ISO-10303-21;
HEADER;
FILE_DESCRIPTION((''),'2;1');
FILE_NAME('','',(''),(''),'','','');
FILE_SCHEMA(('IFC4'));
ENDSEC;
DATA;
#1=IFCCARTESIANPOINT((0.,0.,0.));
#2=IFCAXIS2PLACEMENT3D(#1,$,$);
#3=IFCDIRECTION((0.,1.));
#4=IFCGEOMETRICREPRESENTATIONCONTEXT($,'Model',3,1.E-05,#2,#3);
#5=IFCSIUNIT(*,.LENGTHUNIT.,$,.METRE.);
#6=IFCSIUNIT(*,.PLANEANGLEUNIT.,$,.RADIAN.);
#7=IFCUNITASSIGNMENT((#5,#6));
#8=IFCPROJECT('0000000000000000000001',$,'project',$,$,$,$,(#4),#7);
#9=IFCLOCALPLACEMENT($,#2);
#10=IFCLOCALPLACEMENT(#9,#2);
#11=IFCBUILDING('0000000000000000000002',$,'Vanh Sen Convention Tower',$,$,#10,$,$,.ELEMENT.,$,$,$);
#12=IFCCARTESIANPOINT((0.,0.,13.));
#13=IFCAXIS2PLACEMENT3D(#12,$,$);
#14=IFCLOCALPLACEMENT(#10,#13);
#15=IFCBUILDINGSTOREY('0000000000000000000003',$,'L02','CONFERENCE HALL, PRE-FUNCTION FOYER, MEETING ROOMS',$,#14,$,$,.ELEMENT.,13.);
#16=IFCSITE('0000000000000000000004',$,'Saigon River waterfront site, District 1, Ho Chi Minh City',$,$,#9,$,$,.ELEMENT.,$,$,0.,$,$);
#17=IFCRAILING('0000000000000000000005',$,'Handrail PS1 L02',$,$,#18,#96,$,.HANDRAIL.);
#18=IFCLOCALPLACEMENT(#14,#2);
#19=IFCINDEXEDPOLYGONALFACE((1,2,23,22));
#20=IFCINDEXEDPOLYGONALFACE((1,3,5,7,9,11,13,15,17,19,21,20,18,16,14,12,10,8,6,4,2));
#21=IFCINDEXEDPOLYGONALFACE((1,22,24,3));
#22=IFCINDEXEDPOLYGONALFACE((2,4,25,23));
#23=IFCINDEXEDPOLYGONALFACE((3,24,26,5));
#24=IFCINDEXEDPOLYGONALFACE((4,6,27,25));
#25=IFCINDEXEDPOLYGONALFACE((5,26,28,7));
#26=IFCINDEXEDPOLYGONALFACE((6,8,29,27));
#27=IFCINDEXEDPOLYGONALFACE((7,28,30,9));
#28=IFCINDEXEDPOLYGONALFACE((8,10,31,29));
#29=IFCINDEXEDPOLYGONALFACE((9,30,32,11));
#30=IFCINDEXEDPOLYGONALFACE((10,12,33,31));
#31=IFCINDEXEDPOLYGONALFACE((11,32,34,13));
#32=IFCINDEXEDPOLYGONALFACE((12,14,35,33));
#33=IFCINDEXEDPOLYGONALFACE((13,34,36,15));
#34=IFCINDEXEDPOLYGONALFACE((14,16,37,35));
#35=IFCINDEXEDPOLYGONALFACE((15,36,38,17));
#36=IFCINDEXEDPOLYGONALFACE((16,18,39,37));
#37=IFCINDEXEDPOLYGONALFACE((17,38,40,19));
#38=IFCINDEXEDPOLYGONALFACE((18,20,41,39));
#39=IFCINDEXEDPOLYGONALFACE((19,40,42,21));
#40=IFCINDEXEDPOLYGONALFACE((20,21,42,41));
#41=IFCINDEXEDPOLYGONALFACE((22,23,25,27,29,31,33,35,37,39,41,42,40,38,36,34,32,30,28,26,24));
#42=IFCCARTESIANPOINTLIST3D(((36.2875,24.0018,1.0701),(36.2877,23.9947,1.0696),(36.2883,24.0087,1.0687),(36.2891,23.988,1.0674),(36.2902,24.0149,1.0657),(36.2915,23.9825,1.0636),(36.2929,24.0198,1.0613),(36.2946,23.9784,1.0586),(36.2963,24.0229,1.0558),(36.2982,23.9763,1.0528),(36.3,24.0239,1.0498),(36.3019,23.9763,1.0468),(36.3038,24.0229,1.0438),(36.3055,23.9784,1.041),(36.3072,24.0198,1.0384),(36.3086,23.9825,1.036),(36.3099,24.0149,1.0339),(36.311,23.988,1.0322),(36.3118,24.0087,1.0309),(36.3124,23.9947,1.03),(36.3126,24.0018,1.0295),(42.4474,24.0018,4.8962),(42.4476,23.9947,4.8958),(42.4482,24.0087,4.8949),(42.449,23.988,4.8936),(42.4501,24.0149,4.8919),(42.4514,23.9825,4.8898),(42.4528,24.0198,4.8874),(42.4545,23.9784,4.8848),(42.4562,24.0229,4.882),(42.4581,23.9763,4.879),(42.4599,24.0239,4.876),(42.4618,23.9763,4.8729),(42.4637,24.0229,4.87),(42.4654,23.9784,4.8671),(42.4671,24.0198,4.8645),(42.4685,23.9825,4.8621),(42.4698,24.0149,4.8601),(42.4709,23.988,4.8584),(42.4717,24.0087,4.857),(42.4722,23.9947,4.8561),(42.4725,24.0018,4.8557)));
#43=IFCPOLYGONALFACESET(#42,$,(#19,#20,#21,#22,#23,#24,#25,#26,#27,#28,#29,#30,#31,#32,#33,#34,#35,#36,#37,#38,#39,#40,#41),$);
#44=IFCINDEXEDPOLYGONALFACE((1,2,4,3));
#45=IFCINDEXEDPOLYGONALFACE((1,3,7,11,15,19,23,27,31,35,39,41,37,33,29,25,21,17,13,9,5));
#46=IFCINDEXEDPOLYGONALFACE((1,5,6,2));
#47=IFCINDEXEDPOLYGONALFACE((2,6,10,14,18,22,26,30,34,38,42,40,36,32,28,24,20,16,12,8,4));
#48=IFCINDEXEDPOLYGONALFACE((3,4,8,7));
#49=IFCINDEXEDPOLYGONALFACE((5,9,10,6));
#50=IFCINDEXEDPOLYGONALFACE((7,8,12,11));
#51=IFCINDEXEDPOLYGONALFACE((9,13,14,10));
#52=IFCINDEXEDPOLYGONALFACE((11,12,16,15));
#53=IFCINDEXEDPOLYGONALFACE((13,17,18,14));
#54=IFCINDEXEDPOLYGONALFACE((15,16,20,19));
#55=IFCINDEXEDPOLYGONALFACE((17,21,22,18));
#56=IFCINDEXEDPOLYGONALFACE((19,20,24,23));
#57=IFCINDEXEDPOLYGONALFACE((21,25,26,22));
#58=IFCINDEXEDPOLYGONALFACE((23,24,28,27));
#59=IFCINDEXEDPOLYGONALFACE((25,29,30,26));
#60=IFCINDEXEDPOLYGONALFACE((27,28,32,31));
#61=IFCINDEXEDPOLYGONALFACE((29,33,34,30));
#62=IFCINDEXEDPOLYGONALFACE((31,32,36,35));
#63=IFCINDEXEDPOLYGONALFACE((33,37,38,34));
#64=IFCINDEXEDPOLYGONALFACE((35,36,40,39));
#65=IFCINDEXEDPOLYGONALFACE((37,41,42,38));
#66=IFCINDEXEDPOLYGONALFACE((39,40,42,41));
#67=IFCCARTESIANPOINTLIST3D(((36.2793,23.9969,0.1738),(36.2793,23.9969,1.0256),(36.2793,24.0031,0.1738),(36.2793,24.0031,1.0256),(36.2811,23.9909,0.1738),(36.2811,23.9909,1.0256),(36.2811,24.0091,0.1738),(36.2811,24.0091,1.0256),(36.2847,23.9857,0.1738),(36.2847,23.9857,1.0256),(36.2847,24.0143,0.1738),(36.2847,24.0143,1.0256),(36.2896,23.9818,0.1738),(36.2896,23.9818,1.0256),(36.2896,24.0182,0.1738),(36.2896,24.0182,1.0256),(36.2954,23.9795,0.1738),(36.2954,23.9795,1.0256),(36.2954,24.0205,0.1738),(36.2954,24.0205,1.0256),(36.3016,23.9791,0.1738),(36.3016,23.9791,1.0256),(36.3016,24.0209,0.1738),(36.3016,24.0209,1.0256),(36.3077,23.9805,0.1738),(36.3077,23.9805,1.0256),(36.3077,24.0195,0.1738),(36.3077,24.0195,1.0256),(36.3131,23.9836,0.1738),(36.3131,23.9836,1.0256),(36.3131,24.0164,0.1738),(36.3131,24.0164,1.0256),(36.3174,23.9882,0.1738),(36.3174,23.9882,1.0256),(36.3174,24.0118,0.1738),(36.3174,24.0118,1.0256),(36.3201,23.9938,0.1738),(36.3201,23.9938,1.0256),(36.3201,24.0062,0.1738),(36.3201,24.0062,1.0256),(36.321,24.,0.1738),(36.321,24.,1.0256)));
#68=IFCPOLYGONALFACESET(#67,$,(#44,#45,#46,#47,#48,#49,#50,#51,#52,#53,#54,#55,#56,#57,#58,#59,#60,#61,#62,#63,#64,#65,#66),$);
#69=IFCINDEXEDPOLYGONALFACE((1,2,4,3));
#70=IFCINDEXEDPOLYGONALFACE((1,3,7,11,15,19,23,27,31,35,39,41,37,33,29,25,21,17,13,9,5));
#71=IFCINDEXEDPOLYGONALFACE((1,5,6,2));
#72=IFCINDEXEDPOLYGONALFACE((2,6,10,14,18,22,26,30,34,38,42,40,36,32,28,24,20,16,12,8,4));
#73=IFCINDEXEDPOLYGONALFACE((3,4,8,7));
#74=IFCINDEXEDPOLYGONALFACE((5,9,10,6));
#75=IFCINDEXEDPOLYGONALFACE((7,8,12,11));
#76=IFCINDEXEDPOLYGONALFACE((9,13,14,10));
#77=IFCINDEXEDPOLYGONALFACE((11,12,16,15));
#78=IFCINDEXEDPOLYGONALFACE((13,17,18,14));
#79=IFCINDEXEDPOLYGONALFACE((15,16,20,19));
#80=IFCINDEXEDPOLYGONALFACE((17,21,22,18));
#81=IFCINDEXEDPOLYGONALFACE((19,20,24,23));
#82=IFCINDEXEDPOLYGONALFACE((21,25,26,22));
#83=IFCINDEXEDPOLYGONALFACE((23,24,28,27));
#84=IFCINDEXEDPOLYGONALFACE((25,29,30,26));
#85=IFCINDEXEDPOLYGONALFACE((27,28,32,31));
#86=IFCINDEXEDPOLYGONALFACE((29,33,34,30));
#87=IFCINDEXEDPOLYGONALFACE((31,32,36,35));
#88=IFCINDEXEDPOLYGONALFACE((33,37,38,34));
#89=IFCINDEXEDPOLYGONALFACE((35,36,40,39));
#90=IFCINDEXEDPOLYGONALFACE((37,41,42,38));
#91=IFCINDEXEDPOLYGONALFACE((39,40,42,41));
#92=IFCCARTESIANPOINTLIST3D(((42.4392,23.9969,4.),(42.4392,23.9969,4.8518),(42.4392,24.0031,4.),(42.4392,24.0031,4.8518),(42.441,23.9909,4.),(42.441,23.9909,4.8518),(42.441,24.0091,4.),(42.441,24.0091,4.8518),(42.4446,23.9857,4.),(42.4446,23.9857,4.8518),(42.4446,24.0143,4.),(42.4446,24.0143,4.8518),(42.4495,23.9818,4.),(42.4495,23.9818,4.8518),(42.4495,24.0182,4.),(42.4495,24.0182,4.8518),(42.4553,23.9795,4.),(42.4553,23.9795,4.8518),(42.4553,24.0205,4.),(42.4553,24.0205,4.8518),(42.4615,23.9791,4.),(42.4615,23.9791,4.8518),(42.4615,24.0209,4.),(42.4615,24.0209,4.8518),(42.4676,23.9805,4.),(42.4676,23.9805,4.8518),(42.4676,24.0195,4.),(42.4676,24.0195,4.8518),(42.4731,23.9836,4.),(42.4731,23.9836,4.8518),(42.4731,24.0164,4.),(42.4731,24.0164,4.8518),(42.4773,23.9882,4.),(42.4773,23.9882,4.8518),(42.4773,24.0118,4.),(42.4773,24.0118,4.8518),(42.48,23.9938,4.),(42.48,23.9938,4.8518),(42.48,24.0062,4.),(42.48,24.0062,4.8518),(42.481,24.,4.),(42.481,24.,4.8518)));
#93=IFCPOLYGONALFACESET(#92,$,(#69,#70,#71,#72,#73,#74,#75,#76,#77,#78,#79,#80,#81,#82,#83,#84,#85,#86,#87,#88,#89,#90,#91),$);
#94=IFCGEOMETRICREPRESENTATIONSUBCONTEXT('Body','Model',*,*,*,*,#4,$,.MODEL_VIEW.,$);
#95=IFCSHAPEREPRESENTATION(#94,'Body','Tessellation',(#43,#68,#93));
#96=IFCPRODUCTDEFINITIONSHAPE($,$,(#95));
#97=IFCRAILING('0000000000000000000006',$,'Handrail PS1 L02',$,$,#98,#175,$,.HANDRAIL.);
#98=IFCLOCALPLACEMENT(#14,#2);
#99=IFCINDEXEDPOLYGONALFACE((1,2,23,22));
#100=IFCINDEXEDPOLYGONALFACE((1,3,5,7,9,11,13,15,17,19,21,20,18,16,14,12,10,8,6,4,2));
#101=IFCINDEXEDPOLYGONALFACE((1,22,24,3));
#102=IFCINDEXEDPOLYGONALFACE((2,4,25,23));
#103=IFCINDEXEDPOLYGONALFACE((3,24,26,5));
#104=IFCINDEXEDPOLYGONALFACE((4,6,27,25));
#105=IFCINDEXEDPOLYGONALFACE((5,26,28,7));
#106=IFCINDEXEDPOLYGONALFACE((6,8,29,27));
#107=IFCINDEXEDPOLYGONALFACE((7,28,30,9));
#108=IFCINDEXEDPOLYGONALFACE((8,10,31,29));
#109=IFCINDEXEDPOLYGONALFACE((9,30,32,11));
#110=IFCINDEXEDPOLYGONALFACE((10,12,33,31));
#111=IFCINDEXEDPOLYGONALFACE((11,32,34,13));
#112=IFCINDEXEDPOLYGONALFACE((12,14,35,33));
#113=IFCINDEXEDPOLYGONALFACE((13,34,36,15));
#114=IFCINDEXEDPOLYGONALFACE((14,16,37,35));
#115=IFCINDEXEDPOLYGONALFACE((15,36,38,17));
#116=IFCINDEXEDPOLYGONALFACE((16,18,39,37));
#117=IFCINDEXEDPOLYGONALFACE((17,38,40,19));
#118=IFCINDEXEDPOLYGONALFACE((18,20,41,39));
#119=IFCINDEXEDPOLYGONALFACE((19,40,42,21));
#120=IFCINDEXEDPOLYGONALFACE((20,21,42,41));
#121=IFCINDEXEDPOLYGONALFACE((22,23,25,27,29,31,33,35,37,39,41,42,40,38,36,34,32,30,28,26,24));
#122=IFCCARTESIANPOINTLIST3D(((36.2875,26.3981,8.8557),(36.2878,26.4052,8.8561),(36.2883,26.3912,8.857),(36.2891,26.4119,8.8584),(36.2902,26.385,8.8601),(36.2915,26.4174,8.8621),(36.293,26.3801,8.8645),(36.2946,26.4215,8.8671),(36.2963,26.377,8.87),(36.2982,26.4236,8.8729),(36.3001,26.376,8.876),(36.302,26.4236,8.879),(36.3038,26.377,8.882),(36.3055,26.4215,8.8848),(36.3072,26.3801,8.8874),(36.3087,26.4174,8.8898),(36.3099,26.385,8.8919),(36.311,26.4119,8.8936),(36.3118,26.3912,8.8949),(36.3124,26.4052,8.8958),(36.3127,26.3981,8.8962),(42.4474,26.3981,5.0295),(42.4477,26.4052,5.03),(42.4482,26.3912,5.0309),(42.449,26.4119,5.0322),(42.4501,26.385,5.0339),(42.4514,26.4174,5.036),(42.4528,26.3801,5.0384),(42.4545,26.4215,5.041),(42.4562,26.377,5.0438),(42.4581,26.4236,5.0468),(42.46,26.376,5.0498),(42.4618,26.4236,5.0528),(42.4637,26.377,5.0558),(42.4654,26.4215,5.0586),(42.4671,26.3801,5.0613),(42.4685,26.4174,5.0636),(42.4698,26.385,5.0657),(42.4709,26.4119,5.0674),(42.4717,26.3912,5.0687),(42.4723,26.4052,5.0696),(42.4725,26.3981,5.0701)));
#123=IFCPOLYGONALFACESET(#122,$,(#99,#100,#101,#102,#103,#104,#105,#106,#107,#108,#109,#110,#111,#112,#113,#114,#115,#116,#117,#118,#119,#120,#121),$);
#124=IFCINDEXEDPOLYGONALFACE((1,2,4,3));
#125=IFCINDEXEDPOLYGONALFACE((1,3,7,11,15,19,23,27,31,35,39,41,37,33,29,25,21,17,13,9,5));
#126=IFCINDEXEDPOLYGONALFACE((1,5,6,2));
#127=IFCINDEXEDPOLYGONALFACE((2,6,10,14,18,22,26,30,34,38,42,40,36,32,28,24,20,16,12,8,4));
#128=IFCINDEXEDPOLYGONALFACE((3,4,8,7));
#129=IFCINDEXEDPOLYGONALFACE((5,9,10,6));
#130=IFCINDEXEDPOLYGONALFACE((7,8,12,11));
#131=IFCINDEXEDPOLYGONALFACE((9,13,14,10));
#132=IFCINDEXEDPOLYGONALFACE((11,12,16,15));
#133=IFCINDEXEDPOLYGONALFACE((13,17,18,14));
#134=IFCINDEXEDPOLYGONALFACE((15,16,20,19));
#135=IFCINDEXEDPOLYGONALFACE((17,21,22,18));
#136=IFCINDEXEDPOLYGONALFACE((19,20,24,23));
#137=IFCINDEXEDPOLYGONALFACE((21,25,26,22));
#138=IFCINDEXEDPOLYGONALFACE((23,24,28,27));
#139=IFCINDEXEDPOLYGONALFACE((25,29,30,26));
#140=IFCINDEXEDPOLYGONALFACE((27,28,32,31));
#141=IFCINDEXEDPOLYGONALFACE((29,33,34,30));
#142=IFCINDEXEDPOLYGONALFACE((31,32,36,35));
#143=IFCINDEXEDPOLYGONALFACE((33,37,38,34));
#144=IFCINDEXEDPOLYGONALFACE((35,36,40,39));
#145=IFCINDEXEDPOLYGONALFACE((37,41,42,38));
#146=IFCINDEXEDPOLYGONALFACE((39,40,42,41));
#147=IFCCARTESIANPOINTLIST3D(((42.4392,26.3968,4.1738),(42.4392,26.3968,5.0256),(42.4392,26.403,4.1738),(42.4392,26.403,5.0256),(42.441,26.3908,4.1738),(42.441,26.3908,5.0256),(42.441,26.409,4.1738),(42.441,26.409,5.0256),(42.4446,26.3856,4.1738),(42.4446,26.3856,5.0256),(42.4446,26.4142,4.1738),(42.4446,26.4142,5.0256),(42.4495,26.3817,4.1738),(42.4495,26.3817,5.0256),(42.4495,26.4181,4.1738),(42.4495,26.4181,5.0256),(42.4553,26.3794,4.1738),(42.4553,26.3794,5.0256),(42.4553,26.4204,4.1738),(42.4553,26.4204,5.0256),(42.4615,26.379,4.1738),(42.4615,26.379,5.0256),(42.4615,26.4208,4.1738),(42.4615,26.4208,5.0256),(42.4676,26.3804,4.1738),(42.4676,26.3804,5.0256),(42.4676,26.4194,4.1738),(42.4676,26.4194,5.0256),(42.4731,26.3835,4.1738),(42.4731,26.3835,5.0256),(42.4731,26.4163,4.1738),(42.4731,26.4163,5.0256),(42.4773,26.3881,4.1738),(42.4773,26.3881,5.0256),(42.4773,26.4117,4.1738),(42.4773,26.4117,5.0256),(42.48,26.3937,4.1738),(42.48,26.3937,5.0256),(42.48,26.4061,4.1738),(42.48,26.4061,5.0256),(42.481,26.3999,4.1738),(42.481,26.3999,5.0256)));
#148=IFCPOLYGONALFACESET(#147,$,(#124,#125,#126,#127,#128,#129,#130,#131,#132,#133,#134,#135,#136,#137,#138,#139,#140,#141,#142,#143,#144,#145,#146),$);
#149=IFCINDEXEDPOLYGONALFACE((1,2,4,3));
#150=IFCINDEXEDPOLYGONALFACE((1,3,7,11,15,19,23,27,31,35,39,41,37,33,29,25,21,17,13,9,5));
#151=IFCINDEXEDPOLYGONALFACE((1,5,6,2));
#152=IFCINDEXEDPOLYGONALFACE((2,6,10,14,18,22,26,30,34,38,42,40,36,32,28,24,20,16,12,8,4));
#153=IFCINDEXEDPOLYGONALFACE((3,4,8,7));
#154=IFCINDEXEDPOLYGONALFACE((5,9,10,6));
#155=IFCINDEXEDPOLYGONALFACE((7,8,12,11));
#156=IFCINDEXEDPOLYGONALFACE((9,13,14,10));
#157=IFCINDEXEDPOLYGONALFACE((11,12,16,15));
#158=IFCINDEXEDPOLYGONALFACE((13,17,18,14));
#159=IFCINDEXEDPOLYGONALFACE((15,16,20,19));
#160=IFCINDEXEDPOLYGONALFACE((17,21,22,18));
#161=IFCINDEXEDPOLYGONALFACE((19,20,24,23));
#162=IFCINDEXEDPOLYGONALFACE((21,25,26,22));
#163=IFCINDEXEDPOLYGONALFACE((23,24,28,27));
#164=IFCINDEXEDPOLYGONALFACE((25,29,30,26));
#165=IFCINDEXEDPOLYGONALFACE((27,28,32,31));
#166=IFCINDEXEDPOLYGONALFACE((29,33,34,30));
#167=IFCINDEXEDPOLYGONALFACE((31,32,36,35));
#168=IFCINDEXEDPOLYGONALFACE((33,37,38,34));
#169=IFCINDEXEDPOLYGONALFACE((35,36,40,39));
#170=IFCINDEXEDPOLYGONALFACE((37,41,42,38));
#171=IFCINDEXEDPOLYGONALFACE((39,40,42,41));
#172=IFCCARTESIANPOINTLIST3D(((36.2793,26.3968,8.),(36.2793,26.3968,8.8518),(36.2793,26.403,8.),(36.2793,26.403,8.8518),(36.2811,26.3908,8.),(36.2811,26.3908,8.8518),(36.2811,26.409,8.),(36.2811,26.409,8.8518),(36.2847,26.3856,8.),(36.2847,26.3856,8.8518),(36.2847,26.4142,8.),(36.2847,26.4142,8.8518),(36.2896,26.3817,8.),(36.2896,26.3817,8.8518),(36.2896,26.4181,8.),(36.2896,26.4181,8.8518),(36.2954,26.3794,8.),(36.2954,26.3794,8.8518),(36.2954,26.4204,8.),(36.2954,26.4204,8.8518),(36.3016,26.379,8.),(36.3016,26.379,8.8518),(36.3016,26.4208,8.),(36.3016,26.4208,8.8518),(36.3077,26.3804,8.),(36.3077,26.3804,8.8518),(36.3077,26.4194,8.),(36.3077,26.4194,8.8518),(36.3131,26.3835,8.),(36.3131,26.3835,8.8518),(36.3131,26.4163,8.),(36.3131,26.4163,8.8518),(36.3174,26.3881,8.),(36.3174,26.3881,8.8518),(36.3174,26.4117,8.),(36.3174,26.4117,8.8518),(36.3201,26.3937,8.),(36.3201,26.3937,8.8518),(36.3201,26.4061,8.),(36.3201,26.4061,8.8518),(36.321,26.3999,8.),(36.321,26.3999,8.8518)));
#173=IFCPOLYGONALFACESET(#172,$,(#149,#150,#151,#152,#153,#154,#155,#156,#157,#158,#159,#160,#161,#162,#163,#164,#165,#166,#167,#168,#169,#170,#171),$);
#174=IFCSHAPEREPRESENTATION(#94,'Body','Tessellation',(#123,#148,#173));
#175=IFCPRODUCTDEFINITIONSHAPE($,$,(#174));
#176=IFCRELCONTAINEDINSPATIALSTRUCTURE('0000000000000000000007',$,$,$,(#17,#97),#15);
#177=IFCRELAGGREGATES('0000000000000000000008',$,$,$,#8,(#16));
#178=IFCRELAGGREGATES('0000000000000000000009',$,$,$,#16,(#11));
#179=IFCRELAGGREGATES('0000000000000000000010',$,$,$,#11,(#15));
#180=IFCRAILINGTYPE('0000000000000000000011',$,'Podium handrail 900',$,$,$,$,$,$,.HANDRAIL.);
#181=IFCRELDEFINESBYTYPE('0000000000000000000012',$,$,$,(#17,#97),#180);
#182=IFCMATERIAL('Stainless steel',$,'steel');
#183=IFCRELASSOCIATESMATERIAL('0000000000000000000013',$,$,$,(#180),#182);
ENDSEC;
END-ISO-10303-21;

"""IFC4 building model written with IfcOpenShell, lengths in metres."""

from ifc_helpers import new_model, si_unit, direction, frame, origin, origin_2d, place, context, subcontext, project, spatial, circle, extrude, material, type_object, element, save


model = new_model("IFC4")

# Units and contexts
model_context = context("Model", 3, precision=1e-05, world=origin(), true_north=direction((0.0, 1.0)))
body_context = subcontext(model_context, "Body", "Model", "MODEL_VIEW")
ifc_project = project(units=[si_unit("LENGTHUNIT", "METRE"), si_unit("PLANEANGLEUNIT", "RADIAN")], contexts=[model_context])

# Site, building, storey
site_placement = place(None, origin())
site = spatial("IfcSite", under=ifc_project, at=site_placement, Name="Saigon River waterfront site, District 1, Ho Chi Minh City", CompositionType="ELEMENT", RefElevation=0.0)
building_placement = place(site_placement, origin())
building = spatial("IfcBuilding", under=site, at=building_placement, Name="Vanh Sen Convention Tower", CompositionType="ELEMENT")
storey_placement = place(building_placement, frame((0.0, 0.0, 13.0)))
storey = spatial("IfcBuildingStorey", under=building, at=storey_placement, Name="L02", Description="CONFERENCE HALL, PRE-FUNCTION FOYER, MEETING ROOMS", CompositionType="ELEMENT", Elevation=13.0)

# Railings
ifc_material_1 = material(Name="Stainless steel", Category="steel")
railing_type = type_object("IfcRailingType", Name="Podium handrail 900", PredefinedType="HANDRAIL", material=ifc_material_1)
for number, where, name in (
    (1, (36.3, 24.0, 0.1738), "Handrail PS1 L02"),
):
    element("IfcRailing", number, at=place(storey_placement, frame(where)), inside=storey, type_object=railing_type, Name=name, PredefinedType="HANDRAIL", context=body_context, shape_type="SweptSolid", body=[
        extrude(circle(Radius=0.0239, at=origin_2d()), frame((0.0, 0.0, 0.876), z_axis=(0.849468, 0.0, 0.527639), x_axis=(0.0, 1.0, 0.0)), (0.0, 0.0, 1.0), 7.2515),
        extrude(circle(Radius=0.021, at=origin_2d()), origin(), (0.0, 0.0, 1.0), 0.8518),
        extrude(circle(Radius=0.021, at=origin_2d()), frame((6.1599, 0.0, 3.8262)), (0.0, 0.0, 1.0), 0.8518),
    ])
for number, where, name in (
    (2, (42.46, 26.3999, 4.1738), "Handrail PS1 L02"),
):
    element("IfcRailing", number, at=place(storey_placement, frame(where)), inside=storey, type_object=railing_type, Name=name, PredefinedType="HANDRAIL", context=body_context, shape_type="SweptSolid", body=[
        extrude(circle(Radius=0.0239, at=origin_2d()), frame((0.0, 0.0, 0.876), z_axis=(-0.849468, 0.0, 0.527639), x_axis=(0.0, -1.0, 0.0)), (0.0, 0.0, 1.0), 7.2515),
        extrude(circle(Radius=0.021, at=origin_2d()), origin(), (0.0, 0.0, 1.0), 0.8518),
        extrude(circle(Radius=0.021, at=origin_2d()), frame((-6.1599, 0.0, 3.8262)), (0.0, 0.0, 1.0), 0.8518),
    ])

save(model, "model.ifc")
